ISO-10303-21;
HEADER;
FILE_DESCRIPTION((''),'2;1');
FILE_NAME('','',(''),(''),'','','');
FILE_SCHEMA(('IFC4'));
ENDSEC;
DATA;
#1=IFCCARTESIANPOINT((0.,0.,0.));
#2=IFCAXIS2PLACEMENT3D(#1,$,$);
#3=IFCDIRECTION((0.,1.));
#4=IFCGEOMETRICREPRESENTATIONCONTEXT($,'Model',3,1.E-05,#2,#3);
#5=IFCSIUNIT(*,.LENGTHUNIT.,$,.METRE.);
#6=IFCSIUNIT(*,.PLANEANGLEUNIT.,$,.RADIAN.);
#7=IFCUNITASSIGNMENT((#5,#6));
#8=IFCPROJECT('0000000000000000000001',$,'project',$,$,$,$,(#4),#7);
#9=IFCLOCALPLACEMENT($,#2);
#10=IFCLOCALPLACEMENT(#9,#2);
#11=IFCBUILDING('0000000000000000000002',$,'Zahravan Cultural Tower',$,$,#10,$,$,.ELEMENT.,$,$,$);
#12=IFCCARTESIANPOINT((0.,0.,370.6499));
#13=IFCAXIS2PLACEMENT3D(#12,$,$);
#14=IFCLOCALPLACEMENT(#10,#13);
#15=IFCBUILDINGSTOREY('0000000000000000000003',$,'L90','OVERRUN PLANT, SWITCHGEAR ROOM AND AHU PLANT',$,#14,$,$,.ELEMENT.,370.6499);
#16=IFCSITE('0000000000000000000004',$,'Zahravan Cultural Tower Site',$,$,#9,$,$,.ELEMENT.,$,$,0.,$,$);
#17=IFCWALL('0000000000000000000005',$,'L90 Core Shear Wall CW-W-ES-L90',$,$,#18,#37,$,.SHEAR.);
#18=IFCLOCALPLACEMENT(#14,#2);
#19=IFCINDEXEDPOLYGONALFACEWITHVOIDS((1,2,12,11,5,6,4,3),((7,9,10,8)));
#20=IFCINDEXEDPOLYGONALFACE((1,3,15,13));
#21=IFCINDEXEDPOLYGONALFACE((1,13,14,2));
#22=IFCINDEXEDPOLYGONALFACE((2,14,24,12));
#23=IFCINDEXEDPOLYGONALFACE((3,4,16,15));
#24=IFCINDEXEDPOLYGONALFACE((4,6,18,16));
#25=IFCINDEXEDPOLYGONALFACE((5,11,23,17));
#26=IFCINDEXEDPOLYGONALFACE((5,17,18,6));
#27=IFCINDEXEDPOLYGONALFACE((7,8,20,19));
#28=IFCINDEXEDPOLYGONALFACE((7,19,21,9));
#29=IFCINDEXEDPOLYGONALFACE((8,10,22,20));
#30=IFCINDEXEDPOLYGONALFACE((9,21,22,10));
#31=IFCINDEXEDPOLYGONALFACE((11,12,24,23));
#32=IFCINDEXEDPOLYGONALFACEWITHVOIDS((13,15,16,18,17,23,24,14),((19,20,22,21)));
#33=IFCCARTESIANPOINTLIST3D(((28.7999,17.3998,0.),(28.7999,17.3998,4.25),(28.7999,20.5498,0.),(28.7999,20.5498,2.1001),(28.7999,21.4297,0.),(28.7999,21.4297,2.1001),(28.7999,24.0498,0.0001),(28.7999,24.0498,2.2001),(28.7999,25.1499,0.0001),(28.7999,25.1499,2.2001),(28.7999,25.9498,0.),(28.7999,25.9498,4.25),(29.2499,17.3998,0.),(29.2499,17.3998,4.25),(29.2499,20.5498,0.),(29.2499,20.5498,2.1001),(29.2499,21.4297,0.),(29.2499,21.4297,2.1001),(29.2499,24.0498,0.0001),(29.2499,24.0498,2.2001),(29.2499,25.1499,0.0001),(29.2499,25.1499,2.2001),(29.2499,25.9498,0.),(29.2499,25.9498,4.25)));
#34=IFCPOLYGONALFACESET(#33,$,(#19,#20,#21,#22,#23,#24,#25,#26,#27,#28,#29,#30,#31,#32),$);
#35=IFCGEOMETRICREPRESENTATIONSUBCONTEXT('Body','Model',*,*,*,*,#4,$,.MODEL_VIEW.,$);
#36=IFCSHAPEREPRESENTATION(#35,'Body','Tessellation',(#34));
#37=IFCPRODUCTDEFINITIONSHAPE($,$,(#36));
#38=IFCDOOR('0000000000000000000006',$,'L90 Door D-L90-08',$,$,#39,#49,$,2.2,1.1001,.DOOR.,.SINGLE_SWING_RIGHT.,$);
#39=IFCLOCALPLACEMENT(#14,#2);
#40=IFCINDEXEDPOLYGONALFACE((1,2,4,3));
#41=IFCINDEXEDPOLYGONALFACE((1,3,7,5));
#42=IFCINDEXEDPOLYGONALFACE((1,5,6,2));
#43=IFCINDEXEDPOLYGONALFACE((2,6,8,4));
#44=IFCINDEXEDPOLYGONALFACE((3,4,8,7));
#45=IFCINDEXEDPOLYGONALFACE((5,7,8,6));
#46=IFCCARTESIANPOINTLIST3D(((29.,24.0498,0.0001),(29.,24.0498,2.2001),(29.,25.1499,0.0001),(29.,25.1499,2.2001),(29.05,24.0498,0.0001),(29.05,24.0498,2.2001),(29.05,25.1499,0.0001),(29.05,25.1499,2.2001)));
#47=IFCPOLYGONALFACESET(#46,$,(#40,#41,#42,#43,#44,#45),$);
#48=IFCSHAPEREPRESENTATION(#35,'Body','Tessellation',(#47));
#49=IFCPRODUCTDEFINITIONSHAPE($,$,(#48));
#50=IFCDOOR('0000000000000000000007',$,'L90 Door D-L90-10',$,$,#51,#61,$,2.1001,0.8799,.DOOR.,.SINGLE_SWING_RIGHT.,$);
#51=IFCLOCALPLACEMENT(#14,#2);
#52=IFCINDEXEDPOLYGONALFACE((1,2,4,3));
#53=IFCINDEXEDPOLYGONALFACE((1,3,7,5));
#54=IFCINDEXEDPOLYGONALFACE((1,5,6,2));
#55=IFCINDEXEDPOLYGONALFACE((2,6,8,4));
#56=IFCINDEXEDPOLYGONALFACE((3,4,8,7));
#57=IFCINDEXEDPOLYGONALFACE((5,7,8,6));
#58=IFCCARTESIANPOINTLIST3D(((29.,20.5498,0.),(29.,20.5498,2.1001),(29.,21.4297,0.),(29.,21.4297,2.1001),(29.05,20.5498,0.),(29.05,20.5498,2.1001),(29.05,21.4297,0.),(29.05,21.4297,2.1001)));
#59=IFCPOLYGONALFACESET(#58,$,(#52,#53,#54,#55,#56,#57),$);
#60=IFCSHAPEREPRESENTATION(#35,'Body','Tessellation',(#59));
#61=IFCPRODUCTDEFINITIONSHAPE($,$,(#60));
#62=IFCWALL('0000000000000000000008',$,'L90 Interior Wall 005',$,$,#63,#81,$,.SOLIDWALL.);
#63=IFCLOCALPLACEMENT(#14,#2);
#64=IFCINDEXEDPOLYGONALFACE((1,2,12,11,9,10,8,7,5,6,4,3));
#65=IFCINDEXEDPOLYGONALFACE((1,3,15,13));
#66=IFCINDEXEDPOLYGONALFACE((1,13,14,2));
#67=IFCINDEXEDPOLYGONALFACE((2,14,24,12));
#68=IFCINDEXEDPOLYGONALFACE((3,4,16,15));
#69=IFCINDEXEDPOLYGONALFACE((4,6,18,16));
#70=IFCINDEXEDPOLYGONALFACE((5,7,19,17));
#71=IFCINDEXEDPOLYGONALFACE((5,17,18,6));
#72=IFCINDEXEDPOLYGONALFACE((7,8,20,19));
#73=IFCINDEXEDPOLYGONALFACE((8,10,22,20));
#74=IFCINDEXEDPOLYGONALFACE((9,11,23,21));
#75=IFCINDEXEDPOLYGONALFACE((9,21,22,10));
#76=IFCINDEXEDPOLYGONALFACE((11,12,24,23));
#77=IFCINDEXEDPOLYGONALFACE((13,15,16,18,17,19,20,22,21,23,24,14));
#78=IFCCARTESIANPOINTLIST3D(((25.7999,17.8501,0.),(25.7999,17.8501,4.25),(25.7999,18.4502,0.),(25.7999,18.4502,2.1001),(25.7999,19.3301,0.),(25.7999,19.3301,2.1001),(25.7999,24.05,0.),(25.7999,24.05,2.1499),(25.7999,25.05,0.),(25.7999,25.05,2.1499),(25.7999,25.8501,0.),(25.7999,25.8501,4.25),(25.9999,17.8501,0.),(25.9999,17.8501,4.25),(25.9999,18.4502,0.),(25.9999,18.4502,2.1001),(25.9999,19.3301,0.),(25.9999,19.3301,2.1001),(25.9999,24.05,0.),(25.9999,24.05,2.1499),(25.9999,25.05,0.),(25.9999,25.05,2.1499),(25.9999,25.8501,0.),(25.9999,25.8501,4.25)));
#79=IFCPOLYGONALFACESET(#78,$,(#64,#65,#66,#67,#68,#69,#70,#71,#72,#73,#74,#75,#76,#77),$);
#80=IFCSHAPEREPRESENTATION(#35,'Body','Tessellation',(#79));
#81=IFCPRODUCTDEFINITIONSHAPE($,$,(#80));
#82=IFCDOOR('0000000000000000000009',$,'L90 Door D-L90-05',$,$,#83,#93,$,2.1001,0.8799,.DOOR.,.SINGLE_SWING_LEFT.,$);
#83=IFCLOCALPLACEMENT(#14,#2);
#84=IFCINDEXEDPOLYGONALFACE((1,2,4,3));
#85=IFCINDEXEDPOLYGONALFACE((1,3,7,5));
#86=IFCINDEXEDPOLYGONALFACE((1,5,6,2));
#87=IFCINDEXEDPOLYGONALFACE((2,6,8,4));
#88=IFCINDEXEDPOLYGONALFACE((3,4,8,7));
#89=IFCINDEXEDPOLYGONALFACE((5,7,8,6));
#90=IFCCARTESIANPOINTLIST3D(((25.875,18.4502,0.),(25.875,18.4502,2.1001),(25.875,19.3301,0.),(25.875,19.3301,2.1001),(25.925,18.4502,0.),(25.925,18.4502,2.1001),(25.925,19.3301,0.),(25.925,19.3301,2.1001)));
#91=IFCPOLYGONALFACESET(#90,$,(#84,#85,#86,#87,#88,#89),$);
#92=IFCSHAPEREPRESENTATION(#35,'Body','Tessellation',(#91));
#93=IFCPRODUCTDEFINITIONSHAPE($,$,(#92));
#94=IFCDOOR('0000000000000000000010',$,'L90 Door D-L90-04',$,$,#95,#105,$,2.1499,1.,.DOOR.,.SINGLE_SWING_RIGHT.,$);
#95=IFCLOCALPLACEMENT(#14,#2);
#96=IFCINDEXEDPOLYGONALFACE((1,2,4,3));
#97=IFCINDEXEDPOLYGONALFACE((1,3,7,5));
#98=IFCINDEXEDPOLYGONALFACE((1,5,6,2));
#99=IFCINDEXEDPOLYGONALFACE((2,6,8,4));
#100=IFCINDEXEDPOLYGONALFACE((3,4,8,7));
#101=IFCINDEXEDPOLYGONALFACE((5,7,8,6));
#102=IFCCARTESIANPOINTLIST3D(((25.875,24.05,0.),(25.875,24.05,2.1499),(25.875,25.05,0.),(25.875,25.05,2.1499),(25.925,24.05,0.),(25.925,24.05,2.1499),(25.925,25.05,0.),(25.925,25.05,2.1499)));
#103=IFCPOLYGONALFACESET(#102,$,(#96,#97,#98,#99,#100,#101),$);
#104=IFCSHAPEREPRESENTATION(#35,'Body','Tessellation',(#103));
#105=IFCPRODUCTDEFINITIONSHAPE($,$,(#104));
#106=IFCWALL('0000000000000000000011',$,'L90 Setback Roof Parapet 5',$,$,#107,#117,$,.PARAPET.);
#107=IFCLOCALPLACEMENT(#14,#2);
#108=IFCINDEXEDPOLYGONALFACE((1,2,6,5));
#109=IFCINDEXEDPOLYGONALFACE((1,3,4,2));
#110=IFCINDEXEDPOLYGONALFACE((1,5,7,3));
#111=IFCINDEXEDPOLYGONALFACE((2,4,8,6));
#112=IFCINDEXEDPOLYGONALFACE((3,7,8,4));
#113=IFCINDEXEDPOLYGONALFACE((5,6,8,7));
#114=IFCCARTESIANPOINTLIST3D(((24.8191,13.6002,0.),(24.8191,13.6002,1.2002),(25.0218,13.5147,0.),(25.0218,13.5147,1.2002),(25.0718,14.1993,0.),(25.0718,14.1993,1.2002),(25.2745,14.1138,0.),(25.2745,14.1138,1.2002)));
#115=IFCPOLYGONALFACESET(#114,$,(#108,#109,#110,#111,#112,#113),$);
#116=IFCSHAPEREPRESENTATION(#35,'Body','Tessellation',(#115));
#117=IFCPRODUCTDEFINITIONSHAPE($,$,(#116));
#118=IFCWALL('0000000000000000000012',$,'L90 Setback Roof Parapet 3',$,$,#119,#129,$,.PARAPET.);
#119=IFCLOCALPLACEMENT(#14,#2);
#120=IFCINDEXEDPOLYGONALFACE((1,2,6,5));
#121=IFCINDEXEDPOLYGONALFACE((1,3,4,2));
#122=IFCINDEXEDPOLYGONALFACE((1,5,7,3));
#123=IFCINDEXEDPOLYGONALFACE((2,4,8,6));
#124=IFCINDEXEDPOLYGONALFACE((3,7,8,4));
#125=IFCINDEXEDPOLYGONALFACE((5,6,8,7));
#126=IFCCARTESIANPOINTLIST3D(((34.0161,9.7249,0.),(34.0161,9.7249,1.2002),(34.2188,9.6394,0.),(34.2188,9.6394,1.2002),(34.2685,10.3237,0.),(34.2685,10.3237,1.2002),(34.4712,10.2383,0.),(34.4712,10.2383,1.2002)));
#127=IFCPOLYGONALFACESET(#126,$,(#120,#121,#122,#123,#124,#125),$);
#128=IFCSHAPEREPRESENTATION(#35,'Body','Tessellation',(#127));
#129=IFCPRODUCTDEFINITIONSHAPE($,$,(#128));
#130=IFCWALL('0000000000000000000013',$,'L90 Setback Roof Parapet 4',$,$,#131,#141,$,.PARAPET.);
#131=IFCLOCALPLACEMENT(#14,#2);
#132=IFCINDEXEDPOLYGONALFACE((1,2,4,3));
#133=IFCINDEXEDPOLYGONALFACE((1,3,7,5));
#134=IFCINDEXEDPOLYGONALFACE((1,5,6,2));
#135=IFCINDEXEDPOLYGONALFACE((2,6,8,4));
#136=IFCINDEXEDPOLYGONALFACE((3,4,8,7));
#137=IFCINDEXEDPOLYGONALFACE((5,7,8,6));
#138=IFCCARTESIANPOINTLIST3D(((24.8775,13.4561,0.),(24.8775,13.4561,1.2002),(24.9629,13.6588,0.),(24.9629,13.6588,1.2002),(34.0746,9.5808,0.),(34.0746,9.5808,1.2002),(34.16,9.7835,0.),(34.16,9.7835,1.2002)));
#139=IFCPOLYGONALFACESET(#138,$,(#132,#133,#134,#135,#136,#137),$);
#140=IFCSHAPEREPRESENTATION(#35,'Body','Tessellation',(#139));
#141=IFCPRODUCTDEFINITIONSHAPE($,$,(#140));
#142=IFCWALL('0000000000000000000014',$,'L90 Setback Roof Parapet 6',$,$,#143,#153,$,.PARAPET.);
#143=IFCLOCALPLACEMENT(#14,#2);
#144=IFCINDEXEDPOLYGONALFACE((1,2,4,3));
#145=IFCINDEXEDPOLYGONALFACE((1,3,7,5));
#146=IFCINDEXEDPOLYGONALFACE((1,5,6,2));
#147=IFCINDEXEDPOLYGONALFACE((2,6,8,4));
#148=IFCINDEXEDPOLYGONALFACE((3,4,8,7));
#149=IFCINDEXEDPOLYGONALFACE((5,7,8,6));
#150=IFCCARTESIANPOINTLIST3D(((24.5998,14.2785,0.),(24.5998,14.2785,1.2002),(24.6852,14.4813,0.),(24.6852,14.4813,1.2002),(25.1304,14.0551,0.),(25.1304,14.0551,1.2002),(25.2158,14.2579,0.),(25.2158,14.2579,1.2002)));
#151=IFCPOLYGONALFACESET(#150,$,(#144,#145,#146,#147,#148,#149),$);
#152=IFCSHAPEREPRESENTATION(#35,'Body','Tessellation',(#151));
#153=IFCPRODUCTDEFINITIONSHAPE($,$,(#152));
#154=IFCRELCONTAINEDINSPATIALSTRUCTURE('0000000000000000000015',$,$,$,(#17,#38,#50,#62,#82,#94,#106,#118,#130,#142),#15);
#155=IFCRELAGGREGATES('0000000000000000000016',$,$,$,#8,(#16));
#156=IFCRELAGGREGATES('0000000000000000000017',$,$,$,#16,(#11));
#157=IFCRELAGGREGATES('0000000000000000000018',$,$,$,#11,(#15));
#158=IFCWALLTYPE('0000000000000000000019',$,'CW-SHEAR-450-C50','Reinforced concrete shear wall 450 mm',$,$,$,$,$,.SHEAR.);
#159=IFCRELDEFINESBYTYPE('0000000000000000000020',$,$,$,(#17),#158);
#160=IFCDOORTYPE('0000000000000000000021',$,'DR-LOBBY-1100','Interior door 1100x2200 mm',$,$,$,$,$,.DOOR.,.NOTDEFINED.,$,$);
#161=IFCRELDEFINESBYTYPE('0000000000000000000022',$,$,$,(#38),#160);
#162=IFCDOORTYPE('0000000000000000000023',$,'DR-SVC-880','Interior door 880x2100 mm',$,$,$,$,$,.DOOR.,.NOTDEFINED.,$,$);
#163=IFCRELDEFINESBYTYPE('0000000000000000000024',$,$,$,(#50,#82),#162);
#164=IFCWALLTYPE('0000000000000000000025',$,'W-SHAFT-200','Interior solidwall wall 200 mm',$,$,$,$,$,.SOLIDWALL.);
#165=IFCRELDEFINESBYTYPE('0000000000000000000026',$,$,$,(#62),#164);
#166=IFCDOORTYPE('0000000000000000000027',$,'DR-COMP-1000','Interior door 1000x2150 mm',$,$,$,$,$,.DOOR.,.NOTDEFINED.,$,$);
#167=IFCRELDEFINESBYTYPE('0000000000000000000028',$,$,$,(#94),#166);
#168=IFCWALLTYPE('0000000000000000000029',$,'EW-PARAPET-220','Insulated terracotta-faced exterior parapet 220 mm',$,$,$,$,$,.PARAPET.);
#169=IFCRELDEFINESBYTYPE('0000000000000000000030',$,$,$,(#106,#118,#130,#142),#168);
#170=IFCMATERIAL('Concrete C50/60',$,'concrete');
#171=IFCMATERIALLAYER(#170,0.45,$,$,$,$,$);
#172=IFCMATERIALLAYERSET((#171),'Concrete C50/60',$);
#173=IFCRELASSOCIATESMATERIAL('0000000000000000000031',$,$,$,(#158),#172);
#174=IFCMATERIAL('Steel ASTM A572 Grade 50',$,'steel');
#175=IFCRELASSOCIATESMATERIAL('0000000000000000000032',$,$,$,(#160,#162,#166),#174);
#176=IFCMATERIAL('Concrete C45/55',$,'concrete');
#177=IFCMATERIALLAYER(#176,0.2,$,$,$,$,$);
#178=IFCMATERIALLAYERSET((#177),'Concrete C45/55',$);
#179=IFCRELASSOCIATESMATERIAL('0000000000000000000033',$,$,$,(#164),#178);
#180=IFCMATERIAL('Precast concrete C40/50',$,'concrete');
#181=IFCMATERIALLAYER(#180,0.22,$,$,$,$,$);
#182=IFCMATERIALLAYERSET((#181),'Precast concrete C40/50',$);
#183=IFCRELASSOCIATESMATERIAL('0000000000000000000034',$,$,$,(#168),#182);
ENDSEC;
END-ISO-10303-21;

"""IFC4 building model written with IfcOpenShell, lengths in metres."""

from ifc_helpers import new_model, si_unit, direction, frame, frame_2d, origin, place, context, subcontext, project, spatial, rectangle, extrude, source, transform, mapped, material, layer, layer_set, type_object, element, fill, save


model = new_model("IFC4")

# Units and contexts
model_context = context("Model", 3, precision=1e-05, world=origin(), true_north=direction((0.0, 1.0)))
body_context = subcontext(model_context, "Body", "Model", "MODEL_VIEW")
ifc_project = project(units=[si_unit("LENGTHUNIT", "METRE"), si_unit("PLANEANGLEUNIT", "RADIAN")], contexts=[model_context])

# Site, building, storey
site_placement = place(None, origin())
site = spatial("IfcSite", under=ifc_project, at=site_placement, Name="Zahravan Cultural Tower Site", CompositionType="ELEMENT", RefElevation=0.0)
building_placement = place(site_placement, origin())
building = spatial("IfcBuilding", under=site, at=building_placement, Name="Zahravan Cultural Tower", CompositionType="ELEMENT")
storey_placement = place(building_placement, frame((0.0, 0.0, 370.6499)))
storey = spatial("IfcBuildingStorey", under=building, at=storey_placement, Name="L90", Description="OVERRUN PLANT, SWITCHGEAR ROOM AND AHU PLANT", CompositionType="ELEMENT", Elevation=370.6499)

# Shared definitions
ifc_material_1 = material(Name="Concrete C45/55", Category="concrete")

# Shared definitions
ifc_material_2 = material(Name="Concrete C50/60", Category="concrete")

# Wall, openings, doors
ifc_layer_1 = layer(ifc_material_2, 0.45)
ifc_layer_set_1 = layer_set([ifc_layer_1], Name="Concrete C50/60")
wall_type_1 = type_object("IfcWallType", Name="CW-SHEAR-450-C50", Description="Reinforced concrete shear wall 450 mm", PredefinedType="SHEAR", material=ifc_layer_set_1)
wall_1_placement = place(storey_placement, frame((29.0249, 17.3999, 0.0), z_axis=(0.0, 0.0, 1.0), x_axis=(0.0, 1.0, 0.0)))
wall_1 = element("IfcWall", 1, at=wall_1_placement, inside=storey, type_object=wall_type_1, Name="L90 Core Shear Wall CW-W-ES-L90", PredefinedType="SHEAR", context=body_context, shape_type="SweptSolid", body=[
    extrude(rectangle(XDim=8.55, YDim=0.45, at=frame_2d((4.2749, 0.0))), origin(), (0.0, 0.0, 1.0), 4.25),
])
opening_1_placement = place(wall_1_placement, frame((6.6499, 0.0, 0.0)))
opening_1 = element("IfcOpeningElement", 2, at=opening_1_placement, cuts=wall_1, PredefinedType="OPENING", context=body_context, shape_type="SweptSolid", body=[
    extrude(rectangle(XDim=1.1001, YDim=2.2, at=frame_2d((0.55, 1.1001))), frame((0.0, 0.2349, 0.0), z_axis=(0.0, -1.0, 0.0), x_axis=(1.0, 0.0, 0.0)), (0.0, 0.0, 1.0), 0.47),
])
opening_2_placement = place(wall_1_placement, frame((3.1499, 0.0, 0.0)))
opening_2 = element("IfcOpeningElement", 3, at=opening_2_placement, cuts=wall_1, PredefinedType="OPENING", context=body_context, shape_type="SweptSolid", body=[
    extrude(rectangle(XDim=0.8799, YDim=2.1001, at=frame_2d((0.4399, 1.05))), frame((0.0, 0.2349, 0.0), z_axis=(0.0, -1.0, 0.0), x_axis=(1.0, 0.0, 0.0)), (0.0, 0.0, 1.0), 0.47),
])
ifc_material_3 = material(Name="Steel ASTM A572 Grade 50", Category="steel")
door_type_1 = type_object("IfcDoorType", Name="DR-LOBBY-1100", Description="Interior door 1100x2200 mm", OperationType="NOTDEFINED", PredefinedType="DOOR", material=ifc_material_3)
shared_shape_1 = source(origin(), body_context, "Body", "SweptSolid", [
    extrude(rectangle(XDim=1.1001, YDim=2.2, at=frame_2d((0.55, 1.1001))), frame((0.0, 0.0249, 0.0), z_axis=(0.0, -1.0, 0.0), x_axis=(1.0, 0.0, 0.0)), (0.0, 0.0, 1.0), 0.05),
])
door_1_placement = place(opening_1_placement, origin())
door_1 = element("IfcDoor", 4, at=door_1_placement, inside=storey, type_object=door_type_1, Name="L90 Door D-L90-08", OperationType="SINGLE_SWING_RIGHT", OverallHeight=2.2, OverallWidth=1.1001, PredefinedType="DOOR", context=body_context, shape_type="MappedRepresentation", body=[
    mapped(shared_shape_1, transform((0.0, 0.0, 0.0), x_axis=(1.0, 0.0, 0.0), y_axis=(0.0, 1.0, 0.0), z_axis=(0.0, 0.0, 1.0), scale=1.0)),
])
fill(opening_1, door_1)
door_type_2 = type_object("IfcDoorType", Name="DR-SVC-880", Description="Interior door 880x2100 mm", OperationType="NOTDEFINED", PredefinedType="DOOR", material=ifc_material_3)
shared_shape_2 = source(origin(), body_context, "Body", "SweptSolid", [
    extrude(rectangle(XDim=0.8799, YDim=2.1001, at=frame_2d((0.4399, 1.05))), frame((0.0, 0.0249, 0.0), z_axis=(0.0, -1.0, 0.0), x_axis=(1.0, 0.0, 0.0)), (0.0, 0.0, 1.0), 0.05),
])
door_2_placement = place(opening_2_placement, origin())
door_2 = element("IfcDoor", 5, at=door_2_placement, inside=storey, type_object=door_type_2, Name="L90 Door D-L90-10", OperationType="SINGLE_SWING_RIGHT", OverallHeight=2.1001, OverallWidth=0.8799, PredefinedType="DOOR", context=body_context, shape_type="MappedRepresentation", body=[
    mapped(shared_shape_2, transform((0.0, 0.0, 0.0), x_axis=(1.0, 0.0, 0.0), y_axis=(0.0, 1.0, 0.0), z_axis=(0.0, 0.0, 1.0), scale=1.0)),
])
fill(opening_2, door_2)

# Shared definitions
door_type_3 = type_object("IfcDoorType", Name="DR-COMP-1000", Description="Interior door 1000x2150 mm", OperationType="NOTDEFINED", PredefinedType="DOOR", material=ifc_material_3)
shared_shape_3 = source(origin(), body_context, "Body", "SweptSolid", [
    extrude(rectangle(XDim=1.0, YDim=2.1499, at=frame_2d((0.5, 1.075))), frame((0.0, 0.0249, 0.0), z_axis=(0.0, -1.0, 0.0), x_axis=(1.0, 0.0, 0.0)), (0.0, 0.0, 1.0), 0.05),
])

# Wall, openings, doors
ifc_layer_2 = layer(ifc_material_1, 0.2)
ifc_layer_set_2 = layer_set([ifc_layer_2], Name="Concrete C45/55")
wall_type_2 = type_object("IfcWallType", Name="W-SHAFT-200", Description="Interior solidwall wall 200 mm", PredefinedType="SOLIDWALL", material=ifc_layer_set_2)
wall_2_placement = place(storey_placement, frame((25.8999, 17.8501, 0.0), z_axis=(0.0, 0.0, 1.0), x_axis=(0.0, 1.0, 0.0)))
wall_2 = element("IfcWall", 6, at=wall_2_placement, inside=storey, type_object=wall_type_2, Name="L90 Interior Wall 005", PredefinedType="SOLIDWALL", context=body_context, shape_type="SweptSolid", body=[
    extrude(rectangle(XDim=8.0, YDim=0.2, at=frame_2d((4.0, 0.0))), origin(), (0.0, 0.0, 1.0), 4.25),
])
opening_3_placement = place(wall_2_placement, frame((6.2, 0.0, 0.0)))
opening_3 = element("IfcOpeningElement", 7, at=opening_3_placement, cuts=wall_2, PredefinedType="OPENING", context=body_context, shape_type="SweptSolid", body=[
    extrude(rectangle(XDim=1.0, YDim=2.1499, at=frame_2d((0.5, 1.075))), frame((0.0, 0.1099, 0.0), z_axis=(0.0, -1.0, 0.0), x_axis=(1.0, 0.0, 0.0)), (0.0, 0.0, 1.0), 0.22),
])
opening_4_placement = place(wall_2_placement, frame((0.6001, 0.0, 0.0)))
opening_4 = element("IfcOpeningElement", 8, at=opening_4_placement, cuts=wall_2, PredefinedType="OPENING", context=body_context, shape_type="SweptSolid", body=[
    extrude(rectangle(XDim=0.8799, YDim=2.1001, at=frame_2d((0.4399, 1.05))), frame((0.0, 0.1099, 0.0), z_axis=(0.0, -1.0, 0.0), x_axis=(1.0, 0.0, 0.0)), (0.0, 0.0, 1.0), 0.22),
])
door_3_placement = place(opening_4_placement, origin())
door_3 = element("IfcDoor", 9, at=door_3_placement, inside=storey, type_object=door_type_2, Name="L90 Door D-L90-05", OperationType="SINGLE_SWING_LEFT", OverallHeight=2.1001, OverallWidth=0.8799, PredefinedType="DOOR", context=body_context, shape_type="MappedRepresentation", body=[
    mapped(shared_shape_2, transform((0.0, 0.0, 0.0), x_axis=(1.0, 0.0, 0.0), y_axis=(0.0, 1.0, 0.0), z_axis=(0.0, 0.0, 1.0), scale=1.0)),
])
fill(opening_4, door_3)
door_4_placement = place(opening_3_placement, origin())
door_4 = element("IfcDoor", 10, at=door_4_placement, inside=storey, type_object=door_type_3, Name="L90 Door D-L90-04", OperationType="SINGLE_SWING_RIGHT", OverallHeight=2.1499, OverallWidth=1.0, PredefinedType="DOOR", context=body_context, shape_type="MappedRepresentation", body=[
    mapped(shared_shape_3, transform((0.0, 0.0, 0.0), x_axis=(1.0, 0.0, 0.0), y_axis=(0.0, 1.0, 0.0), z_axis=(0.0, 0.0, 1.0), scale=1.0)),
])
fill(opening_3, door_4)

# Walls
ifc_material_4 = material(Name="Precast concrete C40/50", Category="concrete")
ifc_layer_3 = layer(ifc_material_4, 0.22)
ifc_layer_set_3 = layer_set([ifc_layer_3], Name="Precast concrete C40/50")
wall_type_3 = type_object("IfcWallType", Name="EW-PARAPET-220", Description="Insulated terracotta-faced exterior parapet 220 mm", PredefinedType="PARAPET", material=ifc_layer_set_3)
shared_shape_4 = source(origin(), body_context, "Body", "SweptSolid", [
    extrude(rectangle(XDim=0.6501, YDim=0.22, at=frame_2d((0.3252, 0.0))), origin(), (0.0, 0.0, 1.0), 1.2002),
])
wall_3_placement = place(storey_placement, frame((24.9204, 13.5574, 0.0), z_axis=(0.0, 0.0, 1.0), x_axis=(0.388611, 0.921402, 0.0)))
element("IfcWall", 11, at=wall_3_placement, inside=storey, type_object=wall_type_3, Name="L90 Setback Roof Parapet 5", PredefinedType="PARAPET", context=body_context, shape_type="MappedRepresentation", body=[
    mapped(shared_shape_4, transform((0.0, 0.0, 0.0), x_axis=(1.0, 0.0, 0.0), y_axis=(0.0, 1.0, 0.0), z_axis=(0.0, 0.0, 1.0), scale=1.0)),
])
shared_shape_5 = source(origin(), body_context, "Body", "SweptSolid", [
    extrude(rectangle(XDim=0.6499, YDim=0.22, at=frame_2d((0.325, 0.0))), origin(), (0.0, 0.0, 1.0), 1.2002),
])
wall_4_placement = place(storey_placement, frame((34.3699, 10.281, 0.0), z_axis=(0.0, 0.0, 1.0), x_axis=(-0.388426, -0.92148, 0.0)))
element("IfcWall", 12, at=wall_4_placement, inside=storey, type_object=wall_type_3, Name="L90 Setback Roof Parapet 3", PredefinedType="PARAPET", context=body_context, shape_type="MappedRepresentation", body=[
    mapped(shared_shape_5, transform((0.0, 0.0, 0.0), x_axis=(1.0, 0.0, 0.0), y_axis=(0.0, 1.0, 0.0), z_axis=(0.0, 0.0, 1.0), scale=1.0)),
])
shared_shape_6 = source(origin(), body_context, "Body", "SweptSolid", [
    extrude(rectangle(XDim=9.9802, YDim=0.22, at=frame_2d((4.9902, 0.0))), origin(), (0.0, 0.0, 1.0), 1.2002),
])
wall_5_placement = place(storey_placement, frame((34.1174, 9.6821, 0.0), z_axis=(0.0, 0.0, 1.0), x_axis=(-0.921535, 0.388296, 0.0)))
element("IfcWall", 13, at=wall_5_placement, inside=storey, type_object=wall_type_3, Name="L90 Setback Roof Parapet 4", PredefinedType="PARAPET", context=body_context, shape_type="MappedRepresentation", body=[
    mapped(shared_shape_6, transform((0.0, 0.0, 0.0), x_axis=(1.0, 0.0, 0.0), y_axis=(0.0, 1.0, 0.0), z_axis=(0.0, 0.0, 1.0), scale=1.0)),
])
shared_shape_7 = source(origin(), body_context, "Body", "SweptSolid", [
    extrude(rectangle(XDim=0.5757, YDim=0.22, at=frame_2d((0.2878, 0.0))), origin(), (0.0, 0.0, 1.0), 1.2002),
])
wall_6_placement = place(storey_placement, frame((25.1731, 14.1565, 0.0), z_axis=(0.0, 0.0, 1.0), x_axis=(-0.921627, 0.388076, 0.0)))
element("IfcWall", 14, at=wall_6_placement, inside=storey, type_object=wall_type_3, Name="L90 Setback Roof Parapet 6", PredefinedType="PARAPET", context=body_context, shape_type="MappedRepresentation", body=[
    mapped(shared_shape_7, transform((0.0, 0.0, 0.0), x_axis=(1.0, 0.0, 0.0), y_axis=(0.0, 1.0, 0.0), z_axis=(0.0, 0.0, 1.0), scale=1.0)),
])

save(model, "model.ifc")
